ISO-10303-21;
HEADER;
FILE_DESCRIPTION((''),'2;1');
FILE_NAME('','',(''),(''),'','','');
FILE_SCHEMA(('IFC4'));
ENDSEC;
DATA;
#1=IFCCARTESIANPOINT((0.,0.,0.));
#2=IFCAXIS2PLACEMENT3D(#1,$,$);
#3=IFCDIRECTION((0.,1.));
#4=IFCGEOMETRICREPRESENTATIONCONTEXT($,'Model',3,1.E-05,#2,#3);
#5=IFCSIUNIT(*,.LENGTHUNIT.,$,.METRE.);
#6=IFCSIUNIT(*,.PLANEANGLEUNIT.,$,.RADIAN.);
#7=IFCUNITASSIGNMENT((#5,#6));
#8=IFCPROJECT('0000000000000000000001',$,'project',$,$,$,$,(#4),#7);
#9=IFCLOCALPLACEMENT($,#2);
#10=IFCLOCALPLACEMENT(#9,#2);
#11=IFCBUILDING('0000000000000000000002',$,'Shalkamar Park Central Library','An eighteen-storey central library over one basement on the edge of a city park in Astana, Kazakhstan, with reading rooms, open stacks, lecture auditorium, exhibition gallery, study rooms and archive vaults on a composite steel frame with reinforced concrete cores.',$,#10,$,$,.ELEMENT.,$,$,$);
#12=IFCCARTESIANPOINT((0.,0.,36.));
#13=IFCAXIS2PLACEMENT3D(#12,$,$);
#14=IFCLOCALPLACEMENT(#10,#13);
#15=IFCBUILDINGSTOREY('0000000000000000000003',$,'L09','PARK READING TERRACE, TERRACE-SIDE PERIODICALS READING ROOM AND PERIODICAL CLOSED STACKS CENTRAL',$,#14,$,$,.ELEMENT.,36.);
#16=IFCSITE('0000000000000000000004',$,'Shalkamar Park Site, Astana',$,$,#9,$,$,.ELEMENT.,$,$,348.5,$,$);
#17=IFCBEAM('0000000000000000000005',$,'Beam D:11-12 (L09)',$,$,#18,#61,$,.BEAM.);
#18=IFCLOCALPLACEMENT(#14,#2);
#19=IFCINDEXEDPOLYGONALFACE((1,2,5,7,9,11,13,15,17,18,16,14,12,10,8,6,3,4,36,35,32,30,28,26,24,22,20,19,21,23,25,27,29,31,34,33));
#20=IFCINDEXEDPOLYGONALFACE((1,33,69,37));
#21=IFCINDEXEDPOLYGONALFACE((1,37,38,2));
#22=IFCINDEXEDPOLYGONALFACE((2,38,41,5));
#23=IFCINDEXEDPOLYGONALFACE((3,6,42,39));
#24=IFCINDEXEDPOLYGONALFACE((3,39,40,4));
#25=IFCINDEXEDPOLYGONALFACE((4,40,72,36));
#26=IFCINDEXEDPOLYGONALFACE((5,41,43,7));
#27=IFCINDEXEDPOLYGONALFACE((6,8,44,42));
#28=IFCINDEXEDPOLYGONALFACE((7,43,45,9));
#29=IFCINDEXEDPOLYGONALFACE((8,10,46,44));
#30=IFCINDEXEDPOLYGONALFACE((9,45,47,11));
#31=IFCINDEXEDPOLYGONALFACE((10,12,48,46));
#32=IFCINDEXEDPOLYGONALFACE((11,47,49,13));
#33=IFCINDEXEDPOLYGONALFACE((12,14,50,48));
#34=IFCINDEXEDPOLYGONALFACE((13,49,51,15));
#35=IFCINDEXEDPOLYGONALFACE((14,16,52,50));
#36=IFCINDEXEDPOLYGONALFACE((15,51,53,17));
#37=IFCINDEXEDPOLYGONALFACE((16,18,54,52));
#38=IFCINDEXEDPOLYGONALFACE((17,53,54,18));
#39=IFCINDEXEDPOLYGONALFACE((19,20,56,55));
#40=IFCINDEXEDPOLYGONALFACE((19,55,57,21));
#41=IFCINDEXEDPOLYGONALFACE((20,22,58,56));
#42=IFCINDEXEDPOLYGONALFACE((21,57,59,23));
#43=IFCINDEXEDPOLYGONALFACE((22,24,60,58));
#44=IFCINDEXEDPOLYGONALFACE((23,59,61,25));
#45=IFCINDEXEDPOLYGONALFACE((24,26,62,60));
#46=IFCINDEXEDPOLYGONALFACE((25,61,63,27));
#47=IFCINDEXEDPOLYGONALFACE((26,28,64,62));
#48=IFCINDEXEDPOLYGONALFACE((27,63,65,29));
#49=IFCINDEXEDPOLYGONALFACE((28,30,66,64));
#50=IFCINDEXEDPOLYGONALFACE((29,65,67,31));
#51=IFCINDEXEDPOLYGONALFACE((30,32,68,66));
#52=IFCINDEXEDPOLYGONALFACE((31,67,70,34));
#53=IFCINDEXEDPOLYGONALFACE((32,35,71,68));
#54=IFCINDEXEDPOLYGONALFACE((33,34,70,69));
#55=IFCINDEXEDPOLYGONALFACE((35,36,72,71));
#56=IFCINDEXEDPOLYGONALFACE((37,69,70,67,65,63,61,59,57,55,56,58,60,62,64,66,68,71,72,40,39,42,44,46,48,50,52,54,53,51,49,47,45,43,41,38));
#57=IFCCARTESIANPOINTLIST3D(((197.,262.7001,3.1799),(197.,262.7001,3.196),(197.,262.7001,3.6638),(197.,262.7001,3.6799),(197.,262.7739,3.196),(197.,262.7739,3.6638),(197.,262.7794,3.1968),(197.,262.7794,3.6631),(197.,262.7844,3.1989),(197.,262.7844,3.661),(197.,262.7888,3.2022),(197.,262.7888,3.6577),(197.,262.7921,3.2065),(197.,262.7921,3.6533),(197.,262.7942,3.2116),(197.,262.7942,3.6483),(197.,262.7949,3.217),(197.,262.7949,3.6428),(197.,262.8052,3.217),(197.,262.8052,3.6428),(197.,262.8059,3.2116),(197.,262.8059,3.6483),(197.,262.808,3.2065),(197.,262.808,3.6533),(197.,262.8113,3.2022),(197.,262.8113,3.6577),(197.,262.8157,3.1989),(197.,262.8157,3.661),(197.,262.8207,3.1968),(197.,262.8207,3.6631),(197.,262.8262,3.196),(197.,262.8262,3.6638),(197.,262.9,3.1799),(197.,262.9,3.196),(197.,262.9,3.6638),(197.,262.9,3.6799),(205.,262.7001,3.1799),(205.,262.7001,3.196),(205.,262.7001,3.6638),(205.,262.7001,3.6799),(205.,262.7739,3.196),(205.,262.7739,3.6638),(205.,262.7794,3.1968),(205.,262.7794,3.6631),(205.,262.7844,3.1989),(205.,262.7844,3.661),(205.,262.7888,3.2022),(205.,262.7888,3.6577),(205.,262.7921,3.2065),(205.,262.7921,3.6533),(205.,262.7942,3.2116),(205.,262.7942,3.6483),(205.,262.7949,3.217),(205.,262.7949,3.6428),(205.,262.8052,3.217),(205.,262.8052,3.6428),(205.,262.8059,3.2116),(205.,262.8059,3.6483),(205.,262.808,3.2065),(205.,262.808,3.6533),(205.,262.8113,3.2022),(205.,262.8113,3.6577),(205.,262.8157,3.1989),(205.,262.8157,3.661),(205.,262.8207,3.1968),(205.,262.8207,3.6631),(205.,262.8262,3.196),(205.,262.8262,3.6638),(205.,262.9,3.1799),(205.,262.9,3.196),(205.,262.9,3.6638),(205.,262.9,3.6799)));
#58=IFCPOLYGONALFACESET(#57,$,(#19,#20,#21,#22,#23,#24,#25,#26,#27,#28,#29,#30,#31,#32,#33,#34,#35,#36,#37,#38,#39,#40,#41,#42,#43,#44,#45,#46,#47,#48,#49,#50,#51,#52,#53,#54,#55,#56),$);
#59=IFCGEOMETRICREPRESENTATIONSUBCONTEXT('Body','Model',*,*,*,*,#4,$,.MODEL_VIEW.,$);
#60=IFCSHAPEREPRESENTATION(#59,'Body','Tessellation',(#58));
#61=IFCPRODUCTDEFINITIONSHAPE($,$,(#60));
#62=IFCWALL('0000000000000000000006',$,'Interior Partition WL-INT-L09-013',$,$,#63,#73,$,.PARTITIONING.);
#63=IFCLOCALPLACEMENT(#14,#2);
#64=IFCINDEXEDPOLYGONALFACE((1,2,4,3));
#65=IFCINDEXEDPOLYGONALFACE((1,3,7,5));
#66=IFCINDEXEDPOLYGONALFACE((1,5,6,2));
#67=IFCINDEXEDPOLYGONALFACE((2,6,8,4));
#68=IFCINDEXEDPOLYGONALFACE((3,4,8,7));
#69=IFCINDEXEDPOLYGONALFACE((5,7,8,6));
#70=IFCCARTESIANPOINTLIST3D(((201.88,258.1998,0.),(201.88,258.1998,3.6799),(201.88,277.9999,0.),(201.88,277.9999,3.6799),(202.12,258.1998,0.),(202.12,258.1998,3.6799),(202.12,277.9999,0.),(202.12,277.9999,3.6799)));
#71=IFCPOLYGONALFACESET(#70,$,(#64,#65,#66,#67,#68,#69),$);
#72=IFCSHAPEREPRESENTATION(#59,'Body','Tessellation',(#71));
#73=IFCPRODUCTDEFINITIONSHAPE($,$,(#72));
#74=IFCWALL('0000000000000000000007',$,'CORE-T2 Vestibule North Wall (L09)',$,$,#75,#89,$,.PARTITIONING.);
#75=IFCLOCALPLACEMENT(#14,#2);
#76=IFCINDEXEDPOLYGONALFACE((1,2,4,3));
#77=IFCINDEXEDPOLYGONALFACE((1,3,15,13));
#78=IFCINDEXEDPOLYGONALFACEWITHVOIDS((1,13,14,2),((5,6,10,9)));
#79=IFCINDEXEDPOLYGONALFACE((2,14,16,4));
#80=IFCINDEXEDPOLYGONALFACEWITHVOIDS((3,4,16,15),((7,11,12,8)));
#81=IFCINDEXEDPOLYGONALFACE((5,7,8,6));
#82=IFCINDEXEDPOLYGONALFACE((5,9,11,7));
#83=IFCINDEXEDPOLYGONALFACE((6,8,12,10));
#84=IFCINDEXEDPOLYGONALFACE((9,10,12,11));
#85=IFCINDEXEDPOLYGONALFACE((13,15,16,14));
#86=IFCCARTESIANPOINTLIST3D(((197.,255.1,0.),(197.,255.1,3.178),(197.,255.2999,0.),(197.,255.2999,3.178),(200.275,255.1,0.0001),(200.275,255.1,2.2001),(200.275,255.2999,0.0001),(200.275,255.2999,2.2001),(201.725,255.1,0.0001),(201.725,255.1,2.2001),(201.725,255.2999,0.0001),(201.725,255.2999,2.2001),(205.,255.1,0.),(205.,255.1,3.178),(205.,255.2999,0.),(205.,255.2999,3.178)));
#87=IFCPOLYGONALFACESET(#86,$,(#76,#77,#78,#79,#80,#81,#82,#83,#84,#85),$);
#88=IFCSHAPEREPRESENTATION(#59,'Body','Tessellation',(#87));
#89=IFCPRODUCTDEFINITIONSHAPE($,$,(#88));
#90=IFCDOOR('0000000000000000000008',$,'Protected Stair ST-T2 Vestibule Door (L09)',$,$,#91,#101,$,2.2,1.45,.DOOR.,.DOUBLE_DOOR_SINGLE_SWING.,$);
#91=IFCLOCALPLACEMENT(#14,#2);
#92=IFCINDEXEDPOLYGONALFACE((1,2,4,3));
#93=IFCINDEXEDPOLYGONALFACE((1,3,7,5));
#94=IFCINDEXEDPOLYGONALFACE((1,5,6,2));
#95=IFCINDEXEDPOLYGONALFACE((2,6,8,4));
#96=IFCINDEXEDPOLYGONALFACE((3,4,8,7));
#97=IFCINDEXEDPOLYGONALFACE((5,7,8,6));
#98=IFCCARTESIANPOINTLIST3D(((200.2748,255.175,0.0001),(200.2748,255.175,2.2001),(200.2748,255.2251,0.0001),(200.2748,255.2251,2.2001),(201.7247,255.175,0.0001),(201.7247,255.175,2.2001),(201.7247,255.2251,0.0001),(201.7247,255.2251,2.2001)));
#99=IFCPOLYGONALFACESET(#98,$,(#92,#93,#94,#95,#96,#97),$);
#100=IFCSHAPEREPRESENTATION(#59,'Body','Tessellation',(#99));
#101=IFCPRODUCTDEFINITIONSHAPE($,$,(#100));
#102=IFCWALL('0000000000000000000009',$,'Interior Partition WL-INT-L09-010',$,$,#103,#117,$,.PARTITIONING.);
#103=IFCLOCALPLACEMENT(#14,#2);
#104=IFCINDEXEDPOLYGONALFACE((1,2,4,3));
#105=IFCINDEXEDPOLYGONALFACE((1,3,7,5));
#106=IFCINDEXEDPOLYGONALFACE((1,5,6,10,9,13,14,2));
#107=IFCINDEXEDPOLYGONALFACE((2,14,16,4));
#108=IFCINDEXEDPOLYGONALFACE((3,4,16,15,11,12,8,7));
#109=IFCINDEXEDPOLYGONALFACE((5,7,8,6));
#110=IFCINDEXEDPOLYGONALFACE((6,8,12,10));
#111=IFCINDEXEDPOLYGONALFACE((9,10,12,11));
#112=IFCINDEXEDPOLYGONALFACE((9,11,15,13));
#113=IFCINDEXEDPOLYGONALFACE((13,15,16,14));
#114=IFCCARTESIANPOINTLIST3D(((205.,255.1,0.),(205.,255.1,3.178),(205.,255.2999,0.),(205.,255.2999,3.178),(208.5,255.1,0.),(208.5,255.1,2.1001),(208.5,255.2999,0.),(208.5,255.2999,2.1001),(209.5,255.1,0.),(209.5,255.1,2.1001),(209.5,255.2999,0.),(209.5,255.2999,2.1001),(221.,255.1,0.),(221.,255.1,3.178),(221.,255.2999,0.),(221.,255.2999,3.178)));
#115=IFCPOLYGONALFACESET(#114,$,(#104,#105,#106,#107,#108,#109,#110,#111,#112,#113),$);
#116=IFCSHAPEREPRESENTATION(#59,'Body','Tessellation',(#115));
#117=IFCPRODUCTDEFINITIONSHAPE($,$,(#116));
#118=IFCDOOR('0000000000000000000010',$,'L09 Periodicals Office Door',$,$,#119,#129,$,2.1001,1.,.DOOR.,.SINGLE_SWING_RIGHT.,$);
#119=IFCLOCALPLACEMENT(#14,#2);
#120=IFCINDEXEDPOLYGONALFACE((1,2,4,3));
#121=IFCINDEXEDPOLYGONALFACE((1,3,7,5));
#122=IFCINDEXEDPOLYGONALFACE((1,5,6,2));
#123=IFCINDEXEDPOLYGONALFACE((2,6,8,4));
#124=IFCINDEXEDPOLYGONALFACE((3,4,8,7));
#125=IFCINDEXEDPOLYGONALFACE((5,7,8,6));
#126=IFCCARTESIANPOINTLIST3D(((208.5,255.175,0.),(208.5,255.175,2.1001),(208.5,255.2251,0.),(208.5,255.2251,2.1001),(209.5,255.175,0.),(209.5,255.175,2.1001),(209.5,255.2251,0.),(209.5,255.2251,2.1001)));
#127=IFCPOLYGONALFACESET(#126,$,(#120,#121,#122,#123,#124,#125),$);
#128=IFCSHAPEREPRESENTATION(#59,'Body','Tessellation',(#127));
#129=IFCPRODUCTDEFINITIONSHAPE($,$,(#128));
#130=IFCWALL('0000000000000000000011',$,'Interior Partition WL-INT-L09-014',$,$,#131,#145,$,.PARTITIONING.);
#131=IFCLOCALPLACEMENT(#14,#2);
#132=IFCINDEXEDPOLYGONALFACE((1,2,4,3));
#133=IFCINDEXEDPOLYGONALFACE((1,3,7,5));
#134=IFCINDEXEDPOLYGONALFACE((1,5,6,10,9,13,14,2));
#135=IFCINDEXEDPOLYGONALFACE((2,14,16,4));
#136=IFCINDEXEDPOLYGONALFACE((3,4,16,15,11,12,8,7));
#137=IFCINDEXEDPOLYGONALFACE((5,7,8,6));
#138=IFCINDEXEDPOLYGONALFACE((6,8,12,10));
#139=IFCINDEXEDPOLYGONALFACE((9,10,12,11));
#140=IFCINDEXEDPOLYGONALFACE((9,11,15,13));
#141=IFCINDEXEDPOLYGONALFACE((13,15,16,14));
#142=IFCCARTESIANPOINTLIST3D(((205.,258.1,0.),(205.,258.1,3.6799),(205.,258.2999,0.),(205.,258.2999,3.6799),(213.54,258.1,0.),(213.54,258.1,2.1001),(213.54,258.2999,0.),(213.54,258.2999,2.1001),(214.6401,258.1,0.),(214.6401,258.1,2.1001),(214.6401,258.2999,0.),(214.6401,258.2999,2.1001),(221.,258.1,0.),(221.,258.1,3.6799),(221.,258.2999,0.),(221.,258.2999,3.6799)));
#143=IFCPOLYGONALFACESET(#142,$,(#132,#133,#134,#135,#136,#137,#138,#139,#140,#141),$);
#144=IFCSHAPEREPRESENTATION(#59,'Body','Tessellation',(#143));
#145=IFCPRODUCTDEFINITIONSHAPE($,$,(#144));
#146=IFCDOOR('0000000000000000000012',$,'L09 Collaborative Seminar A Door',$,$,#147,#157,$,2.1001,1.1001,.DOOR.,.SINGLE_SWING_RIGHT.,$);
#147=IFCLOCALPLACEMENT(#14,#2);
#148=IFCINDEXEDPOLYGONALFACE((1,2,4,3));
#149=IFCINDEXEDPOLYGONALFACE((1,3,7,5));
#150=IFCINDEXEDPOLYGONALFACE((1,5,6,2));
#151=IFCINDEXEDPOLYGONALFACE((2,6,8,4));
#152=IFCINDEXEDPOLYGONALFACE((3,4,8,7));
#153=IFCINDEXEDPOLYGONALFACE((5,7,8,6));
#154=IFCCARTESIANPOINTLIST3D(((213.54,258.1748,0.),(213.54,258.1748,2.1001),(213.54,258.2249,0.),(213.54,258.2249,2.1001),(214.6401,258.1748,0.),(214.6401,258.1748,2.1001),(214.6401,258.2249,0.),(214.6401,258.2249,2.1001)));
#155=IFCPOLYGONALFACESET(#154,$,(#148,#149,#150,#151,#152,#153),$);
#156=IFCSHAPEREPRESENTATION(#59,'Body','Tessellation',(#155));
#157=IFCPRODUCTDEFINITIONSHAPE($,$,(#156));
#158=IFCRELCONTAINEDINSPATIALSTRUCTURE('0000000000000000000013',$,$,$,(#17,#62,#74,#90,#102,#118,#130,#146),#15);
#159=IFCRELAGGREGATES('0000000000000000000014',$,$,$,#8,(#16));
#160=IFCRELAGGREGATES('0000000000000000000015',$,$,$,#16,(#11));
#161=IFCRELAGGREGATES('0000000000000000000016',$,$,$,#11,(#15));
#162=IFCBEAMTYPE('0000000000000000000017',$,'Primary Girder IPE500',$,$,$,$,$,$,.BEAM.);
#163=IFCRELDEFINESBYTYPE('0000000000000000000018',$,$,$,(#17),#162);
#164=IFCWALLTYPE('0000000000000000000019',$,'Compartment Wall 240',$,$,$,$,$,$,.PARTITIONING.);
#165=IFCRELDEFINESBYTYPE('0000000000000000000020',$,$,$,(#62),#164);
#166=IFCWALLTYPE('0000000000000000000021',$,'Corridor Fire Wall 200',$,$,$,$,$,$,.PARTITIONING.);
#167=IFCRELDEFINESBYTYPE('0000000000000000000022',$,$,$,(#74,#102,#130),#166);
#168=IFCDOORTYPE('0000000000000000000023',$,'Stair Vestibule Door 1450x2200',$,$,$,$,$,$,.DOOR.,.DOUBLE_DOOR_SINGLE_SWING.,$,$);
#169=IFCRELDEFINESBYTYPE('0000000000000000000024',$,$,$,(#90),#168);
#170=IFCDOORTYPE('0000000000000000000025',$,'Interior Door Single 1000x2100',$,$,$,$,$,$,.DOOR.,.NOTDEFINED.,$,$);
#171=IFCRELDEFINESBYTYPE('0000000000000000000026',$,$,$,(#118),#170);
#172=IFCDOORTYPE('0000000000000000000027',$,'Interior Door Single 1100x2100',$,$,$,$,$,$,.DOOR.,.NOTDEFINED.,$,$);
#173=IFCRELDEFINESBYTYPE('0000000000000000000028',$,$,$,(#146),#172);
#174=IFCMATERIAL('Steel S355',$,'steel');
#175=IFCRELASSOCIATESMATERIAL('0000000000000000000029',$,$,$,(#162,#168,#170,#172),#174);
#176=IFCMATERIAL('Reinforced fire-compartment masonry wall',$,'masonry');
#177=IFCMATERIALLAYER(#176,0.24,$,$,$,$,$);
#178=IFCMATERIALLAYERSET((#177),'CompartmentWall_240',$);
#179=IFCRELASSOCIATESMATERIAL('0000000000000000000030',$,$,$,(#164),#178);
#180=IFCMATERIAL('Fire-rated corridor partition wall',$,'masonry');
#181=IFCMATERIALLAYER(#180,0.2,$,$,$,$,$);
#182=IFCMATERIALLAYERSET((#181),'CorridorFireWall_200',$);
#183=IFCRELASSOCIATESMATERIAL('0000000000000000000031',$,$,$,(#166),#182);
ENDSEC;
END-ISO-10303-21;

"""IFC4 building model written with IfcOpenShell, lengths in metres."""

from ifc_helpers import new_model, si_unit, direction, frame, frame_2d, origin, origin_2d, place, context, subcontext, project, spatial, rectangle, i_section, extrude, material, layer, layer_set, material_profile, profile_set, type_object, element, fill, save


model = new_model("IFC4")

# Units and contexts
model_context = context("Model", 3, precision=1e-05, world=origin(), true_north=direction((0.0, 1.0)))
body_context = subcontext(model_context, "Body", "Model", "MODEL_VIEW")
ifc_project = project(units=[si_unit("LENGTHUNIT", "METRE"), si_unit("PLANEANGLEUNIT", "RADIAN")], contexts=[model_context])

# Site, building, storey
site_placement = place(None, origin())
site = spatial("IfcSite", under=ifc_project, at=site_placement, Name="Shalkamar Park Site, Astana", CompositionType="ELEMENT", RefElevation=348.5)
building_placement = place(site_placement, origin())
building = spatial("IfcBuilding", under=site, at=building_placement, Name="Shalkamar Park Central Library", Description="An eighteen-storey central library over one basement on the edge of a city park in Astana, Kazakhstan, with reading rooms, open stacks, lecture auditorium, exhibition gallery, study rooms and archive vaults on a composite steel frame with reinforced concrete cores.", CompositionType="ELEMENT")
storey_placement = place(building_placement, frame((0.0, 0.0, 36.0)))
storey = spatial("IfcBuildingStorey", under=building, at=storey_placement, Name="L09", Description="PARK READING TERRACE, TERRACE-SIDE PERIODICALS READING ROOM AND PERIODICAL CLOSED STACKS CENTRAL", CompositionType="ELEMENT", Elevation=36.0)

# Shared definitions
ifc_material_1 = material(Name="Steel S355", Category="steel")

# Beam
ifc_material_profile_1 = material_profile(ifc_material_1, i_section(OverallWidth=0.2, OverallDepth=0.5, WebThickness=0.0103, FlangeThickness=0.0161, FilletRadius=0.021, at=origin_2d()), Name="IPE 500")
ifc_profile_set_1 = profile_set([ifc_material_profile_1], Name="Steel S355")
beam_type_1 = type_object("IfcBeamType", Name="Primary Girder IPE500", PredefinedType="BEAM", material=ifc_profile_set_1)
for number, where, z_axis, x_axis, name in (
    (1, (197.0, 262.8, 3.4299), (1.0, 0.0, 0.0), (0.0, 1.0, 0.0), "Beam D:11-12 (L09)"),
):
    element("IfcBeam", number, at=place(storey_placement, frame(where, z_axis=z_axis, x_axis=x_axis)), inside=storey, type_object=beam_type_1, Name=name, PredefinedType="BEAM", context=body_context, shape_type="SweptSolid", body=[
        extrude(i_section(OverallWidth=0.2, OverallDepth=0.5, WebThickness=0.0103, FlangeThickness=0.0161, FilletRadius=0.021, at=origin_2d()), origin(), (0.0, 0.0, 1.0), 8.0),
    ])

# Wall
ifc_material_2 = material(Name="Reinforced fire-compartment masonry wall", Category="masonry")
ifc_layer_1 = layer(ifc_material_2, 0.24)
ifc_layer_set_1 = layer_set([ifc_layer_1], Name="CompartmentWall_240")
wall_type_1 = type_object("IfcWallType", Name="Compartment Wall 240", PredefinedType="PARTITIONING", material=ifc_layer_set_1)
wall_1_placement = place(storey_placement, frame((202.0, 258.2, 0.0), z_axis=(0.0, 0.0, 1.0), x_axis=(0.0, 1.0, 0.0)))
element("IfcWall", 2, at=wall_1_placement, inside=storey, type_object=wall_type_1, Name="Interior Partition WL-INT-L09-013", PredefinedType="PARTITIONING", context=body_context, shape_type="SweptSolid", body=[
    extrude(rectangle(XDim=19.8, YDim=0.24, at=frame_2d((9.8999, 0.0))), origin(), (0.0, 0.0, 1.0), 3.6799),
])

# Walls, openings, doors
ifc_material_3 = material(Name="Fire-rated corridor partition wall", Category="masonry")
ifc_layer_2 = layer(ifc_material_3, 0.2)
ifc_layer_set_2 = layer_set([ifc_layer_2], Name="CorridorFireWall_200")
wall_type_2 = type_object("IfcWallType", Name="Corridor Fire Wall 200", PredefinedType="PARTITIONING", material=ifc_layer_set_2)
wall_2_placement = place(storey_placement, frame((197.0, 255.2, 0.0), z_axis=(0.0, 0.0, 1.0), x_axis=(1.0, 0.0, 0.0)))
wall_2 = element("IfcWall", 3, at=wall_2_placement, inside=storey, type_object=wall_type_2, Name="CORE-T2 Vestibule North Wall (L09)", PredefinedType="PARTITIONING", context=body_context, shape_type="SweptSolid", body=[
    extrude(rectangle(XDim=8.0, YDim=0.2, at=frame_2d((4.0, 0.0))), origin(), (0.0, 0.0, 1.0), 3.178),
])
opening_1_placement = place(wall_2_placement, frame((3.2749, 0.0, 0.0)))
opening_1 = element("IfcOpeningElement", 4, at=opening_1_placement, cuts=wall_2, PredefinedType="OPENING", context=body_context, shape_type="SweptSolid", body=[
    extrude(rectangle(XDim=1.45, YDim=2.2, at=frame_2d((0.7251, 1.1001))), frame((0.0, 0.1147, 0.0), z_axis=(0.0, -1.0, 0.0), x_axis=(1.0, 0.0, 0.0)), (0.0, 0.0, 1.0), 0.2297),
])
door_type_1 = type_object("IfcDoorType", Name="Stair Vestibule Door 1450x2200", OperationType="DOUBLE_DOOR_SINGLE_SWING", PredefinedType="DOOR", material=ifc_material_1)
door_1_placement = place(opening_1_placement, frame((1.45, 0.0, 0.0), z_axis=(0.0, 0.0, 1.0), x_axis=(-1.0, 0.0, 0.0)))
door_1 = element("IfcDoor", 5, at=door_1_placement, inside=storey, type_object=door_type_1, Name="Protected Stair ST-T2 Vestibule Door (L09)", OperationType="DOUBLE_DOOR_SINGLE_SWING", OverallHeight=2.2, OverallWidth=1.45, PredefinedType="DOOR", context=body_context, shape_type="SweptSolid", body=[
    extrude(rectangle(XDim=1.45, YDim=2.2, at=frame_2d((0.7251, 1.1001))), frame((0.0, 0.0249, 0.0), z_axis=(0.0, -1.0, 0.0), x_axis=(1.0, 0.0, 0.0)), (0.0, 0.0, 1.0), 0.05),
])
fill(opening_1, door_1)
wall_3_placement = place(storey_placement, frame((205.0, 255.2, 0.0), z_axis=(0.0, 0.0, 1.0), x_axis=(1.0, 0.0, 0.0)))
wall_3 = element("IfcWall", 6, at=wall_3_placement, inside=storey, type_object=wall_type_2, Name="Interior Partition WL-INT-L09-010", PredefinedType="PARTITIONING", context=body_context, shape_type="SweptSolid", body=[
    extrude(rectangle(XDim=16.0, YDim=0.2, at=frame_2d((8.0, 0.0))), origin(), (0.0, 0.0, 1.0), 3.178),
])
opening_2_placement = place(wall_3_placement, frame((3.5, 0.0, 0.0)))
opening_2 = element("IfcOpeningElement", 7, at=opening_2_placement, cuts=wall_3, PredefinedType="OPENING", context=body_context, shape_type="SweptSolid", body=[
    extrude(rectangle(XDim=1.0, YDim=2.1001, at=frame_2d((0.5, 1.05))), frame((0.0, 0.1147, 0.0), z_axis=(0.0, -1.0, 0.0), x_axis=(1.0, 0.0, 0.0)), (0.0, 0.0, 1.0), 0.2297),
])
door_type_2 = type_object("IfcDoorType", Name="Interior Door Single 1000x2100", OperationType="NOTDEFINED", PredefinedType="DOOR", material=ifc_material_1)
door_2_placement = place(opening_2_placement, frame((1.0, 0.0, 0.0), z_axis=(0.0, 0.0, 1.0), x_axis=(-1.0, 0.0, 0.0)))
door_2 = element("IfcDoor", 8, at=door_2_placement, inside=storey, type_object=door_type_2, Name="L09 Periodicals Office Door", OperationType="SINGLE_SWING_RIGHT", OverallHeight=2.1001, OverallWidth=1.0, PredefinedType="DOOR", context=body_context, shape_type="SweptSolid", body=[
    extrude(rectangle(XDim=1.0, YDim=2.1001, at=frame_2d((0.5, 1.05))), frame((0.0, 0.0249, 0.0), z_axis=(0.0, -1.0, 0.0), x_axis=(1.0, 0.0, 0.0)), (0.0, 0.0, 1.0), 0.05),
])
fill(opening_2, door_2)
wall_4_placement = place(storey_placement, frame((205.0, 258.2, 0.0), z_axis=(0.0, 0.0, 1.0), x_axis=(1.0, 0.0, 0.0)))
wall_4 = element("IfcWall", 9, at=wall_4_placement, inside=storey, type_object=wall_type_2, Name="Interior Partition WL-INT-L09-014", PredefinedType="PARTITIONING", context=body_context, shape_type="SweptSolid", body=[
    extrude(rectangle(XDim=16.0, YDim=0.2, at=frame_2d((8.0, 0.0))), origin(), (0.0, 0.0, 1.0), 3.6799),
])
opening_3_placement = place(wall_4_placement, frame((8.54, 0.0, 0.0)))
opening_3 = element("IfcOpeningElement", 10, at=opening_3_placement, cuts=wall_4, PredefinedType="OPENING", context=body_context, shape_type="SweptSolid", body=[
    extrude(rectangle(XDim=1.1001, YDim=2.1001, at=frame_2d((0.55, 1.05))), frame((0.0, 0.1147, 0.0), z_axis=(0.0, -1.0, 0.0), x_axis=(1.0, 0.0, 0.0)), (0.0, 0.0, 1.0), 0.2297),
])
door_type_3 = type_object("IfcDoorType", Name="Interior Door Single 1100x2100", OperationType="NOTDEFINED", PredefinedType="DOOR", material=ifc_material_1)
door_3_placement = place(opening_3_placement, origin())
door_3 = element("IfcDoor", 11, at=door_3_placement, inside=storey, type_object=door_type_3, Name="L09 Collaborative Seminar A Door", OperationType="SINGLE_SWING_RIGHT", OverallHeight=2.1001, OverallWidth=1.1001, PredefinedType="DOOR", context=body_context, shape_type="SweptSolid", body=[
    extrude(rectangle(XDim=1.1001, YDim=2.1001, at=frame_2d((0.55, 1.05))), frame((0.0, 0.0249, 0.0), z_axis=(0.0, -1.0, 0.0), x_axis=(1.0, 0.0, 0.0)), (0.0, 0.0, 1.0), 0.05),
])
fill(opening_3, door_3)

save(model, "model.ifc")
